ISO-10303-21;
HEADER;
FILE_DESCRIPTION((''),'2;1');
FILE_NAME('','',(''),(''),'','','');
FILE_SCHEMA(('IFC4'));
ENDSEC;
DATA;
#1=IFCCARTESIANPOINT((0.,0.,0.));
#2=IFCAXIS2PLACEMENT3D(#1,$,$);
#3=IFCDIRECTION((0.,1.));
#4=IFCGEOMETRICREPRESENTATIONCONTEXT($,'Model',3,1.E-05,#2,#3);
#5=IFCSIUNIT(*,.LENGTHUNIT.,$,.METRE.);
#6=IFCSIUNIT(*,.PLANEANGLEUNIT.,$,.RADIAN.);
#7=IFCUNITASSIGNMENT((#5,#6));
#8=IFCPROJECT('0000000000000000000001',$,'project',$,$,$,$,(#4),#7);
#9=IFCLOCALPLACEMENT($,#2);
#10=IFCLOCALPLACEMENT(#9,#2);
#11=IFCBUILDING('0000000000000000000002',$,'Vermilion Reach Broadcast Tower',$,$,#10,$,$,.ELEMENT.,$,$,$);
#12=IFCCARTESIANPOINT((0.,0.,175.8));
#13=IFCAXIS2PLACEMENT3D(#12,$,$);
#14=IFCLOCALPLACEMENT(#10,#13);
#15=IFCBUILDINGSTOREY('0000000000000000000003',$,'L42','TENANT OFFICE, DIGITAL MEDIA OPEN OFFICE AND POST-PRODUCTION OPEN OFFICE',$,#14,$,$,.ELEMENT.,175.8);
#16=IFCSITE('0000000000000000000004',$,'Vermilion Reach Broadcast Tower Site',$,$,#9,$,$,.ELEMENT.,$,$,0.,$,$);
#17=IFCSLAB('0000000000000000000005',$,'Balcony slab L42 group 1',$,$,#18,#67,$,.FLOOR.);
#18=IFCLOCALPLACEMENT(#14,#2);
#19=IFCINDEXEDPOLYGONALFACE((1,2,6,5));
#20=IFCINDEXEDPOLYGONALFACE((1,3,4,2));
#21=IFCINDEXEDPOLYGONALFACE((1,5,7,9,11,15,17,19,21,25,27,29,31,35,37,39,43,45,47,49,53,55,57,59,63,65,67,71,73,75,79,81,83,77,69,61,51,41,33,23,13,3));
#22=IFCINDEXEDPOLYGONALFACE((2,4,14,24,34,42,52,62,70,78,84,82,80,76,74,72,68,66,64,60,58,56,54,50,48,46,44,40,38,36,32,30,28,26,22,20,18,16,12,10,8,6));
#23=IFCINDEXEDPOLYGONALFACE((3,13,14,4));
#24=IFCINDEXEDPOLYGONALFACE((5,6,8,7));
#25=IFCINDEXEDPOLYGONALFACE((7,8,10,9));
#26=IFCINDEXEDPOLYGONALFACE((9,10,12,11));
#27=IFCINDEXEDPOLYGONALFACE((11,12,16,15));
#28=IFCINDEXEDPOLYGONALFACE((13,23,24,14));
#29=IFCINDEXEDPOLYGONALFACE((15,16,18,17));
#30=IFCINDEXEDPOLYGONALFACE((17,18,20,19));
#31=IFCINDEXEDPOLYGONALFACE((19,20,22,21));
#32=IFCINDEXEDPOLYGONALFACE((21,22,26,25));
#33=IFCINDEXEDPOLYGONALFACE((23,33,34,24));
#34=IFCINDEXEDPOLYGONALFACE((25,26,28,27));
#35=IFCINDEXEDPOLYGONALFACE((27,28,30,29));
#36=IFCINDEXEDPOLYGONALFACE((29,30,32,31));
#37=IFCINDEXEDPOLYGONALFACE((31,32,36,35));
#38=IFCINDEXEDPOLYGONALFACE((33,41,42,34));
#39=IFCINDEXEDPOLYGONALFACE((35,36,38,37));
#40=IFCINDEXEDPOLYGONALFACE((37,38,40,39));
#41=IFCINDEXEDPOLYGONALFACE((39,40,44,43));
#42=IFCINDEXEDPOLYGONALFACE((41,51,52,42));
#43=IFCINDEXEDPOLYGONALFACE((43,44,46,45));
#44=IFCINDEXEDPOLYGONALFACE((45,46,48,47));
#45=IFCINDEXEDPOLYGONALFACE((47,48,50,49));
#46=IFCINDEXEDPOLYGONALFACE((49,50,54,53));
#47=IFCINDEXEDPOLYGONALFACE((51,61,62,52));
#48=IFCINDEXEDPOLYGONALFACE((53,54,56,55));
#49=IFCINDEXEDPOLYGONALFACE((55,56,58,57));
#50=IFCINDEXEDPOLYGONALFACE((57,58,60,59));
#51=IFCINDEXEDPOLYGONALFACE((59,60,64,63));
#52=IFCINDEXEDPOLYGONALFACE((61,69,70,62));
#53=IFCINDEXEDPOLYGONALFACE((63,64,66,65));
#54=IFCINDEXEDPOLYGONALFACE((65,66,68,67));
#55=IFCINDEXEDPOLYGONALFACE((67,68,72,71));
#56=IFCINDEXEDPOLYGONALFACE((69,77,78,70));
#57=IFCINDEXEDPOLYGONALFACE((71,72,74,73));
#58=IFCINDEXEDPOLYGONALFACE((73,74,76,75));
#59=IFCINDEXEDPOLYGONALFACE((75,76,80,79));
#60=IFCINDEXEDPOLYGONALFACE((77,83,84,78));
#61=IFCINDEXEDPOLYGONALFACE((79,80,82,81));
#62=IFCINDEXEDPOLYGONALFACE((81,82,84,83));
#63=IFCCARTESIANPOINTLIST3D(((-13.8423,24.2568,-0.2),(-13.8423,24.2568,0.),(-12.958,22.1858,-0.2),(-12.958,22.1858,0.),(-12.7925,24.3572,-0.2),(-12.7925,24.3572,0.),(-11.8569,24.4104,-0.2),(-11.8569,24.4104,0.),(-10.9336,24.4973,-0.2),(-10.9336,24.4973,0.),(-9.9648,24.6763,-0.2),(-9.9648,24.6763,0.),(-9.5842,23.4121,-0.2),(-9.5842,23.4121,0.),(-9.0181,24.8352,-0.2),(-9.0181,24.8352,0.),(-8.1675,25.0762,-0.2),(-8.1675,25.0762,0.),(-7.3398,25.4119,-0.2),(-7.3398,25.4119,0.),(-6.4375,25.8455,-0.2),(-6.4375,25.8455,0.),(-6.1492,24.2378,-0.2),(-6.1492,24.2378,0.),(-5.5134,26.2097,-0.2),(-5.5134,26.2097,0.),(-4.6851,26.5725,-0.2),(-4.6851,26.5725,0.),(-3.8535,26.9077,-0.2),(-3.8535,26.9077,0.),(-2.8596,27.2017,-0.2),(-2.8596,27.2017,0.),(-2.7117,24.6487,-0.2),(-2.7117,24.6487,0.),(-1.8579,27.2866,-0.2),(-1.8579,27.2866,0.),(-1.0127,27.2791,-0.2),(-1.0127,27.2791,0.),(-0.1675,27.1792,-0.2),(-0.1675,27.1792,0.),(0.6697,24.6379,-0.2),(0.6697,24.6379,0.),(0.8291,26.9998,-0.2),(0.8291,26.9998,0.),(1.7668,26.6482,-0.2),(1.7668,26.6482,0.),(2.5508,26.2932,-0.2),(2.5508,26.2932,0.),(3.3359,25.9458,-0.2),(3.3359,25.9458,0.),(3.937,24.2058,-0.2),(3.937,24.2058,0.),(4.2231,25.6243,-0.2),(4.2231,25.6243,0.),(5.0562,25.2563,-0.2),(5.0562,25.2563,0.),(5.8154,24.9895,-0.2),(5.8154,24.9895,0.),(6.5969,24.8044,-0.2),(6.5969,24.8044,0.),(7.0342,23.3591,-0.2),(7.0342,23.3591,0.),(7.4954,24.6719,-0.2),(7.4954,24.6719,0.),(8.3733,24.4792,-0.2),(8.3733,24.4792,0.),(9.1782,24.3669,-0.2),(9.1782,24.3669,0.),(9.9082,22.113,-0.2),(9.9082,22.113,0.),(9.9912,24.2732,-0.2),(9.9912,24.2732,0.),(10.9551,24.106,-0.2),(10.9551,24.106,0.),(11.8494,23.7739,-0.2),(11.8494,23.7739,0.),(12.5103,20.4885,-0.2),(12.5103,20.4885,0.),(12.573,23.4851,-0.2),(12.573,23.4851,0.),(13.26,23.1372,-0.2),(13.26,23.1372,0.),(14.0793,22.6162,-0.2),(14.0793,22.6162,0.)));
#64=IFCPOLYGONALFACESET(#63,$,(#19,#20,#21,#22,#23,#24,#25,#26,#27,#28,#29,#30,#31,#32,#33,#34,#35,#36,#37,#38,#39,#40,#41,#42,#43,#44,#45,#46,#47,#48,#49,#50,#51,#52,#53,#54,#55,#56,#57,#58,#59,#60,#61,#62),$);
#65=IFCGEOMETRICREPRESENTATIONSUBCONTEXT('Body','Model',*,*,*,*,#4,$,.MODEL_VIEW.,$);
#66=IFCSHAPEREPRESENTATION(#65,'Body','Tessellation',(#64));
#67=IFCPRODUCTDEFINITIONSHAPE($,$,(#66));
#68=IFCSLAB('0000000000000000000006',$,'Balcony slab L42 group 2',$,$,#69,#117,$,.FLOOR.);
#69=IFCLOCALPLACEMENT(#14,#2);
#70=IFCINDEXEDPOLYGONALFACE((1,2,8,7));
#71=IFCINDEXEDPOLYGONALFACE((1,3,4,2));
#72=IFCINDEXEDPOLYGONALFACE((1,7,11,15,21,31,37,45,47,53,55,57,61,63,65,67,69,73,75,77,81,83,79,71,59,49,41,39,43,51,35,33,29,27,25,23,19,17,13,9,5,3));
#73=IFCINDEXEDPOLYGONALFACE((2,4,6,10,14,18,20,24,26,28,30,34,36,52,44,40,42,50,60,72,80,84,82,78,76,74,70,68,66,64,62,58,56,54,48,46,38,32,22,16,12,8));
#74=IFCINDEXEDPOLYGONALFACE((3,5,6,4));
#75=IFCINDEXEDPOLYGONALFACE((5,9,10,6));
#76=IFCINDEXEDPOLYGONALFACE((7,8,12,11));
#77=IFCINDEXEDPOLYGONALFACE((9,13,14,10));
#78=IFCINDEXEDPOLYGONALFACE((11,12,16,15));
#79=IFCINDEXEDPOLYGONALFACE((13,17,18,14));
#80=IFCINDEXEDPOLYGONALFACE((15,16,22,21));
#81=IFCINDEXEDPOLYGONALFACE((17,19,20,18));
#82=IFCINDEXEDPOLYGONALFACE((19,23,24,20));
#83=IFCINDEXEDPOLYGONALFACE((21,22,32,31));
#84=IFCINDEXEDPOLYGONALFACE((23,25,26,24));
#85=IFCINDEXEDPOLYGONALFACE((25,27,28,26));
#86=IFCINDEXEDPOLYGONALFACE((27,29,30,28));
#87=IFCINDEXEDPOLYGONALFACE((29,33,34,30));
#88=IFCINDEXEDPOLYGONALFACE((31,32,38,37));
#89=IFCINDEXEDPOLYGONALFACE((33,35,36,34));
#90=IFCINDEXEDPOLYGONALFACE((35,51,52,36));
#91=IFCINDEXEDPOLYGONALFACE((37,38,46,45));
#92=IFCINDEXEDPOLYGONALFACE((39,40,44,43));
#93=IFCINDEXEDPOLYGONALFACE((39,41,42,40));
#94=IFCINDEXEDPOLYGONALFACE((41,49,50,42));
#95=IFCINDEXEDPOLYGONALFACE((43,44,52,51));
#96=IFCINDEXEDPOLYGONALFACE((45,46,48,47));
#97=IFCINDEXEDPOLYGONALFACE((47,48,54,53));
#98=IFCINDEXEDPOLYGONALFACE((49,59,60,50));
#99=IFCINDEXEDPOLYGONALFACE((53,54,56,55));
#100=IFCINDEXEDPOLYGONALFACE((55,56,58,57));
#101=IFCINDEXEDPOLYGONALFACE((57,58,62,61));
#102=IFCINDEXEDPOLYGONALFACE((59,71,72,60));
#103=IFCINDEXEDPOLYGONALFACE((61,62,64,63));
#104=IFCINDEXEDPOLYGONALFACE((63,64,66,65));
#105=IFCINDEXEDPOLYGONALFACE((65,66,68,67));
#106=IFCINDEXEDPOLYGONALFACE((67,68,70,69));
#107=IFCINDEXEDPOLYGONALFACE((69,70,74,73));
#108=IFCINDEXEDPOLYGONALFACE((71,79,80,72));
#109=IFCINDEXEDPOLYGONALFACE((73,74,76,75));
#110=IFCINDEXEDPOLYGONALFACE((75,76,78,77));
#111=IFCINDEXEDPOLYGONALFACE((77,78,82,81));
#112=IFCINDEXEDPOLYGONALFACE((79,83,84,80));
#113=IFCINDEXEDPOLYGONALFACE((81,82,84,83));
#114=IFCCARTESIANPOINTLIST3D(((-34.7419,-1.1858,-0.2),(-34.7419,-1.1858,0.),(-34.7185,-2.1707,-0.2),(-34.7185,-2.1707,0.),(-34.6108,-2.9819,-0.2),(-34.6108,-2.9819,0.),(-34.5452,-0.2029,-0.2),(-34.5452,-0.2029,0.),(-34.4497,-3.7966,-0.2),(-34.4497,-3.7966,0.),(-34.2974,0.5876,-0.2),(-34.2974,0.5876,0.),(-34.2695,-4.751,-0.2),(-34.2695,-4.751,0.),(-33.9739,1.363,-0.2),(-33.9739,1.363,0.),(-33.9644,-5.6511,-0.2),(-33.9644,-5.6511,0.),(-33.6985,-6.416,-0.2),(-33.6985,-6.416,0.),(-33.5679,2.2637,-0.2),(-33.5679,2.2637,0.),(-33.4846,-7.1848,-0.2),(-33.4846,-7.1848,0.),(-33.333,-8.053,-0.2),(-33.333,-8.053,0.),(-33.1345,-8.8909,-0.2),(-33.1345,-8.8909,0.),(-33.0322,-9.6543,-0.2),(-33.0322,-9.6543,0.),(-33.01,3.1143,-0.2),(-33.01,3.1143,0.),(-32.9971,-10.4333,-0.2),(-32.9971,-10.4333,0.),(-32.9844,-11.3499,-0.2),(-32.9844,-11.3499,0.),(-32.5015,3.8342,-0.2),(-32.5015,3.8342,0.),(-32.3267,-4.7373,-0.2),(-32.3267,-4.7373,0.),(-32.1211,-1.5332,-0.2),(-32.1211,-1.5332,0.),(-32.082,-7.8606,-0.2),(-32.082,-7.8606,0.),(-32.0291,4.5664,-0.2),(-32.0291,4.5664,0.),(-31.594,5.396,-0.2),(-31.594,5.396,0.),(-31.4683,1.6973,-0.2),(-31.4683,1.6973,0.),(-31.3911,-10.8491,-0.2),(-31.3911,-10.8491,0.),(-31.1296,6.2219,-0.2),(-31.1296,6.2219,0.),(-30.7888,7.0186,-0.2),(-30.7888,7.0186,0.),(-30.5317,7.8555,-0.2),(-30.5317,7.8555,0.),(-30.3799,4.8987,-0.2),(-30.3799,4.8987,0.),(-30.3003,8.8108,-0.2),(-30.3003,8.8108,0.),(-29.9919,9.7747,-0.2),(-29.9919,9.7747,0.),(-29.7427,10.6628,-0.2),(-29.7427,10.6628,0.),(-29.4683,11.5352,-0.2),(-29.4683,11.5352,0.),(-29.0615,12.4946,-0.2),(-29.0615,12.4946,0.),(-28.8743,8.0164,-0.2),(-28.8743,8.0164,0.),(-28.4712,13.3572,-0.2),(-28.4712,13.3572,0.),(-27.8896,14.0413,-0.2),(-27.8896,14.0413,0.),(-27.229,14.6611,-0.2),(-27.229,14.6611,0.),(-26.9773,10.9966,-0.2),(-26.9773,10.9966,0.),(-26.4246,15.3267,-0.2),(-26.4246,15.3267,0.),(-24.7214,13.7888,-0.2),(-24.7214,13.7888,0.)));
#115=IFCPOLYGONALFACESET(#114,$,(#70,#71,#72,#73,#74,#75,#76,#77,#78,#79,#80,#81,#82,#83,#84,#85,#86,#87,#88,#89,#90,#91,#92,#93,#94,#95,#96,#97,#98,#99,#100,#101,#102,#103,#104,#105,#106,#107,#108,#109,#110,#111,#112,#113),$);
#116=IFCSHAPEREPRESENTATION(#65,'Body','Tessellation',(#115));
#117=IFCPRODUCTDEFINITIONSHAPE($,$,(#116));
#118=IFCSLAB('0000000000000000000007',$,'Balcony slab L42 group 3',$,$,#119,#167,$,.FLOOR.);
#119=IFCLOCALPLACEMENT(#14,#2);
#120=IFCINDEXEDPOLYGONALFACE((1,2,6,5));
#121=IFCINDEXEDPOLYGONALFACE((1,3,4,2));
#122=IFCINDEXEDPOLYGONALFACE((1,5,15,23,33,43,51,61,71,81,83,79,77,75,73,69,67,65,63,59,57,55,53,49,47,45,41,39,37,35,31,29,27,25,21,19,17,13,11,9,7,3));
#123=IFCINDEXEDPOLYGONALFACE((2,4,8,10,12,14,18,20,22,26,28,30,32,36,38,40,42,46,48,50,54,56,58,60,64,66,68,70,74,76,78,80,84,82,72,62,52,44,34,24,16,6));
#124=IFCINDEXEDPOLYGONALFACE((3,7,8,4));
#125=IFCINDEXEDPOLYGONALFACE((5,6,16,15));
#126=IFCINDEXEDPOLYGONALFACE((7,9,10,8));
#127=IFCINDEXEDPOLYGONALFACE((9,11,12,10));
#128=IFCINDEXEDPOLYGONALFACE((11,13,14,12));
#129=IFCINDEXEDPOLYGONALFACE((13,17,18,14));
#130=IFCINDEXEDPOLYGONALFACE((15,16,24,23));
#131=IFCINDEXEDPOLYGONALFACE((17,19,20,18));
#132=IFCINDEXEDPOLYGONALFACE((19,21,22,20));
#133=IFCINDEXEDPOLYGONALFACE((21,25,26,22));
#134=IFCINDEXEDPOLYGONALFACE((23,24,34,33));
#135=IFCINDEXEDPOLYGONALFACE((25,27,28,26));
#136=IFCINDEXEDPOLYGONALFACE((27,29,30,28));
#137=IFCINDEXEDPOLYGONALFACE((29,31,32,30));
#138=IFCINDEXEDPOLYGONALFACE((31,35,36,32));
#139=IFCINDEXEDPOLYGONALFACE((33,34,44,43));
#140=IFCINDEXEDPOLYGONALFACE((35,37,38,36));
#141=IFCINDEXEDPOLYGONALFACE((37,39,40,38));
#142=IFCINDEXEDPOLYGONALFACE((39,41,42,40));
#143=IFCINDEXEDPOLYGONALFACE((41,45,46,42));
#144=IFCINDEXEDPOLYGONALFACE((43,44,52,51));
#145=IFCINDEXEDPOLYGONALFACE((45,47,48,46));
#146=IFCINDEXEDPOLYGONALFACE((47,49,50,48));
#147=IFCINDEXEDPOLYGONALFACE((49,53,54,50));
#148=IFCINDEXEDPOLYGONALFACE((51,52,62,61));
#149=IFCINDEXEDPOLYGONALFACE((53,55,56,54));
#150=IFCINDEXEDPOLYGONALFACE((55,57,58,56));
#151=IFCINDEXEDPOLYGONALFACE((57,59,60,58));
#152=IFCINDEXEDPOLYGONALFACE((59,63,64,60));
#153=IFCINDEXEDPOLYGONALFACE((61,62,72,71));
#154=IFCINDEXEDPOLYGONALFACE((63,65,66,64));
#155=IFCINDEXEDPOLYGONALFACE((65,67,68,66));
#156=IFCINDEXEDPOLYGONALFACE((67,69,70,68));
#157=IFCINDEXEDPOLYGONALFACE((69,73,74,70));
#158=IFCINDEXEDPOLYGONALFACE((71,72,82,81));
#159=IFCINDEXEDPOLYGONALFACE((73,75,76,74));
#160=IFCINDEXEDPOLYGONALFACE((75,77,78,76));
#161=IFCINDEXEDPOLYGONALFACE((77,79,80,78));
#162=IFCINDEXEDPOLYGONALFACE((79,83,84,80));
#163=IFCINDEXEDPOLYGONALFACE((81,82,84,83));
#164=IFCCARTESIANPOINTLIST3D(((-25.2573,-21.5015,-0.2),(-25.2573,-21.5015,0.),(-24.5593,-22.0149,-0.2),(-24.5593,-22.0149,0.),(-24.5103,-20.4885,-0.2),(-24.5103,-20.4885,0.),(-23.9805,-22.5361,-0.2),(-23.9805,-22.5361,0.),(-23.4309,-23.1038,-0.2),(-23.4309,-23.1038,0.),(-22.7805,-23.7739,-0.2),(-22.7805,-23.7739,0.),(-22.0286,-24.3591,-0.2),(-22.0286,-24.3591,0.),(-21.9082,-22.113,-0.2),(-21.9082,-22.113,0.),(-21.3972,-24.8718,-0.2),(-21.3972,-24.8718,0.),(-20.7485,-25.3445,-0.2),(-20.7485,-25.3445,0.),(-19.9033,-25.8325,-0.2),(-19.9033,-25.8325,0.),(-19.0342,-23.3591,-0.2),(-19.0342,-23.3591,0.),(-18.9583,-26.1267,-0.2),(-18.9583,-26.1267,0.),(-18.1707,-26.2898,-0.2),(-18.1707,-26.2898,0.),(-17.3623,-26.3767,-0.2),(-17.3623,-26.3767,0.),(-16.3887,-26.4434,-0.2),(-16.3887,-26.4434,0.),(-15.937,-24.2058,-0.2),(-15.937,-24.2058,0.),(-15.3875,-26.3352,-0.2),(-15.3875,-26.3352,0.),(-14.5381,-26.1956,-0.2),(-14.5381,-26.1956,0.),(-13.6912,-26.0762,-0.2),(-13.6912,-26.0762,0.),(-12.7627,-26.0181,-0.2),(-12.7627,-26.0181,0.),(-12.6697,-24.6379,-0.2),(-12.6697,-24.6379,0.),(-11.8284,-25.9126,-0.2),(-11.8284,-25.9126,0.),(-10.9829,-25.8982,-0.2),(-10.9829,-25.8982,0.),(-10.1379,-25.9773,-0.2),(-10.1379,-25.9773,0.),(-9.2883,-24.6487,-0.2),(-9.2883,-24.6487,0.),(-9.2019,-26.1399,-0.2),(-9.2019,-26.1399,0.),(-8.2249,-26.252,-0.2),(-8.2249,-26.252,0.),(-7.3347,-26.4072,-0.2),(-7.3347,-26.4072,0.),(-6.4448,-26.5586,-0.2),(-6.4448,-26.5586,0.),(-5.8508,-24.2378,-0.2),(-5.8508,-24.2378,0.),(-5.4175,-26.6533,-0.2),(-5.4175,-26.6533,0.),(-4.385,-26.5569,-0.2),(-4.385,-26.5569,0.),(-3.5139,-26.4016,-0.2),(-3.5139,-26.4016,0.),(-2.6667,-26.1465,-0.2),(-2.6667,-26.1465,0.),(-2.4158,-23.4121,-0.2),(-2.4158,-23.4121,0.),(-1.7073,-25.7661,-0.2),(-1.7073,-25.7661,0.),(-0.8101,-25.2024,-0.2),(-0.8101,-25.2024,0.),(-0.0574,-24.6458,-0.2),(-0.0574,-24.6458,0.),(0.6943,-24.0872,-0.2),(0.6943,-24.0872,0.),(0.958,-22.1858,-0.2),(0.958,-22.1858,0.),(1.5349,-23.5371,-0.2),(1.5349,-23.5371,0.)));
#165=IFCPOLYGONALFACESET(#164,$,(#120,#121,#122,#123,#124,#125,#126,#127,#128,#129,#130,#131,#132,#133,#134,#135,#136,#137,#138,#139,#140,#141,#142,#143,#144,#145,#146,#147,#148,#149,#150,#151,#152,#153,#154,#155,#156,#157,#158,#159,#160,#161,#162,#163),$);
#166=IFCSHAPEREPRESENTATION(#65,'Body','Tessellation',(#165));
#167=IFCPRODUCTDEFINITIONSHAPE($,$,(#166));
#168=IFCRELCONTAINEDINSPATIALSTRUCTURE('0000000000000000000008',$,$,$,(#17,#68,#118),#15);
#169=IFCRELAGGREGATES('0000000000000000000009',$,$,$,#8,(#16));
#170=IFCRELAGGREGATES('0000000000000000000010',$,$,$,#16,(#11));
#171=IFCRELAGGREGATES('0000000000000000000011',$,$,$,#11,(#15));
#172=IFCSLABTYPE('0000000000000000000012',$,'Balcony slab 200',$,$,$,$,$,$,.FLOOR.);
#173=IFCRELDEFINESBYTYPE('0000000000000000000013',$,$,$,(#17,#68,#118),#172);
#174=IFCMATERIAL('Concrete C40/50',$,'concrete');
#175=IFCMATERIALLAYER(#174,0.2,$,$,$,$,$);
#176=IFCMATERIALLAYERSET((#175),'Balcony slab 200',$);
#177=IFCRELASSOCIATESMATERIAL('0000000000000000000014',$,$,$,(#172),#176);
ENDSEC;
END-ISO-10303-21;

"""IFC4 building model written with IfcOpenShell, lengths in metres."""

from ifc_helpers import new_model, si_unit, direction, frame, origin, place, context, subcontext, project, spatial, polyline, outline, extrude, material, layer, layer_set, type_object, element, save


model = new_model("IFC4")

# Units and contexts
model_context = context("Model", 3, precision=1e-05, world=origin(), true_north=direction((0.0, 1.0)))
body_context = subcontext(model_context, "Body", "Model", "MODEL_VIEW")
ifc_project = project(units=[si_unit("LENGTHUNIT", "METRE"), si_unit("PLANEANGLEUNIT", "RADIAN")], contexts=[model_context])

# Site, building, storey
site_placement = place(None, origin())
site = spatial("IfcSite", under=ifc_project, at=site_placement, Name="Vermilion Reach Broadcast Tower Site", CompositionType="ELEMENT", RefElevation=0.0)
building_placement = place(site_placement, origin())
building = spatial("IfcBuilding", under=site, at=building_placement, Name="Vermilion Reach Broadcast Tower", CompositionType="ELEMENT")
storey_placement = place(building_placement, frame((0.0, 0.0, 175.8)))
storey = spatial("IfcBuildingStorey", under=building, at=storey_placement, Name="L42", Description="TENANT OFFICE, DIGITAL MEDIA OPEN OFFICE AND POST-PRODUCTION OPEN OFFICE", CompositionType="ELEMENT", Elevation=175.8)

# Slabs
ifc_material_1 = material(Name="Concrete C40/50", Category="concrete")
ifc_layer_1 = layer(ifc_material_1, 0.2)
ifc_layer_set_1 = layer_set([ifc_layer_1], Name="Balcony slab 200")
slab_type_1 = type_object("IfcSlabType", Name="Balcony slab 200", PredefinedType="FLOOR", material=ifc_layer_set_1)
placement_1 = place(storey_placement, frame((0.0, 0.0, -0.2)))
element("IfcSlab", 1, at=placement_1, inside=storey, type_object=slab_type_1, Name="Balcony slab L42 group 1", PredefinedType="FLOOR", context=body_context, shape_type="SweptSolid", body=[
    extrude(outline(polyline([(12.5103, 20.4885), (9.9082, 22.113), (7.0342, 23.3591), (3.937, 24.2058), (0.6697, 24.6379), (-2.7117, 24.6487), (-6.1492, 24.2378), (-9.5842, 23.4121), (-12.958, 22.1858), (-13.8423, 24.2568), (-12.7925, 24.3572), (-11.8569, 24.4104), (-10.9336, 24.4973), (-9.9648, 24.6763), (-9.0181, 24.8352), (-8.1675, 25.0762), (-7.3398, 25.4119), (-6.4375, 25.8455), (-5.5134, 26.2097), (-4.6851, 26.5725), (-3.8535, 26.9077), (-2.8596, 27.2017), (-1.8579, 27.2866), (-1.0127, 27.2791), (-0.1675, 27.1792), (0.8291, 26.9998), (1.7668, 26.6482), (2.5508, 26.2932), (3.3359, 25.9458), (4.2231, 25.6243), (5.0562, 25.2563), (5.8154, 24.9895), (6.5969, 24.8044), (7.4954, 24.6719), (8.3733, 24.4792), (9.1782, 24.3669), (9.9912, 24.2732), (10.9551, 24.106), (11.8494, 23.7739), (12.573, 23.4851), (13.26, 23.1372), (14.0793, 22.6162), (12.5103, 20.4885)])), origin(), (0.0, 0.0, 1.0), 0.2),
])
element("IfcSlab", 2, at=placement_1, inside=storey, type_object=slab_type_1, Name="Balcony slab L42 group 2", PredefinedType="FLOOR", context=body_context, shape_type="SweptSolid", body=[
    extrude(outline(polyline([(-24.7214, 13.7888), (-26.9773, 10.9966), (-28.8743, 8.0164), (-30.3799, 4.8987), (-31.4683, 1.6973), (-32.1211, -1.5332), (-32.3267, -4.7373), (-32.082, -7.8606), (-31.3911, -10.8491), (-32.9844, -11.3499), (-32.9971, -10.4333), (-33.0322, -9.6543), (-33.1345, -8.8909), (-33.333, -8.053), (-33.4846, -7.1848), (-33.6985, -6.416), (-33.9644, -5.6511), (-34.2695, -4.751), (-34.4497, -3.7966), (-34.6108, -2.9819), (-34.7185, -2.1707), (-34.7419, -1.1858), (-34.5452, -0.2029), (-34.2974, 0.5876), (-33.9739, 1.363), (-33.5679, 2.2637), (-33.01, 3.1143), (-32.5015, 3.8342), (-32.0291, 4.5664), (-31.594, 5.396), (-31.1296, 6.2219), (-30.7888, 7.0186), (-30.5317, 7.8555), (-30.3003, 8.8108), (-29.9919, 9.7747), (-29.7427, 10.6628), (-29.4683, 11.5352), (-29.0615, 12.4946), (-28.4712, 13.3572), (-27.8896, 14.0413), (-27.229, 14.6611), (-26.4246, 15.3267), (-24.7214, 13.7888)])), origin(), (0.0, 0.0, 1.0), 0.2),
])
element("IfcSlab", 3, at=placement_1, inside=storey, type_object=slab_type_1, Name="Balcony slab L42 group 3", PredefinedType="FLOOR", context=body_context, shape_type="SweptSolid", body=[
    extrude(outline(polyline([(-24.5103, -20.4885), (-21.9082, -22.113), (-19.0342, -23.3591), (-15.937, -24.2058), (-12.6697, -24.6379), (-9.2883, -24.6487), (-5.8508, -24.2378), (-2.4158, -23.4121), (0.958, -22.1858), (1.5349, -23.5371), (0.6943, -24.0872), (-0.0574, -24.6458), (-0.8101, -25.2024), (-1.7073, -25.7661), (-2.6667, -26.1465), (-3.5139, -26.4016), (-4.385, -26.5569), (-5.4175, -26.6533), (-6.4448, -26.5586), (-7.3347, -26.4072), (-8.2249, -26.252), (-9.2019, -26.1399), (-10.1379, -25.9773), (-10.9829, -25.8982), (-11.8284, -25.9126), (-12.7627, -26.0181), (-13.6912, -26.0762), (-14.5381, -26.1956), (-15.3875, -26.3352), (-16.3887, -26.4434), (-17.3623, -26.3767), (-18.1707, -26.2898), (-18.9583, -26.1267), (-19.9033, -25.8325), (-20.7485, -25.3445), (-21.3972, -24.8718), (-22.0286, -24.3591), (-22.7805, -23.7739), (-23.4309, -23.1038), (-23.9805, -22.5361), (-24.5593, -22.0149), (-25.2573, -21.5015), (-24.5103, -20.4885)])), origin(), (0.0, 0.0, 1.0), 0.2),
])

save(model, "model.ifc")
